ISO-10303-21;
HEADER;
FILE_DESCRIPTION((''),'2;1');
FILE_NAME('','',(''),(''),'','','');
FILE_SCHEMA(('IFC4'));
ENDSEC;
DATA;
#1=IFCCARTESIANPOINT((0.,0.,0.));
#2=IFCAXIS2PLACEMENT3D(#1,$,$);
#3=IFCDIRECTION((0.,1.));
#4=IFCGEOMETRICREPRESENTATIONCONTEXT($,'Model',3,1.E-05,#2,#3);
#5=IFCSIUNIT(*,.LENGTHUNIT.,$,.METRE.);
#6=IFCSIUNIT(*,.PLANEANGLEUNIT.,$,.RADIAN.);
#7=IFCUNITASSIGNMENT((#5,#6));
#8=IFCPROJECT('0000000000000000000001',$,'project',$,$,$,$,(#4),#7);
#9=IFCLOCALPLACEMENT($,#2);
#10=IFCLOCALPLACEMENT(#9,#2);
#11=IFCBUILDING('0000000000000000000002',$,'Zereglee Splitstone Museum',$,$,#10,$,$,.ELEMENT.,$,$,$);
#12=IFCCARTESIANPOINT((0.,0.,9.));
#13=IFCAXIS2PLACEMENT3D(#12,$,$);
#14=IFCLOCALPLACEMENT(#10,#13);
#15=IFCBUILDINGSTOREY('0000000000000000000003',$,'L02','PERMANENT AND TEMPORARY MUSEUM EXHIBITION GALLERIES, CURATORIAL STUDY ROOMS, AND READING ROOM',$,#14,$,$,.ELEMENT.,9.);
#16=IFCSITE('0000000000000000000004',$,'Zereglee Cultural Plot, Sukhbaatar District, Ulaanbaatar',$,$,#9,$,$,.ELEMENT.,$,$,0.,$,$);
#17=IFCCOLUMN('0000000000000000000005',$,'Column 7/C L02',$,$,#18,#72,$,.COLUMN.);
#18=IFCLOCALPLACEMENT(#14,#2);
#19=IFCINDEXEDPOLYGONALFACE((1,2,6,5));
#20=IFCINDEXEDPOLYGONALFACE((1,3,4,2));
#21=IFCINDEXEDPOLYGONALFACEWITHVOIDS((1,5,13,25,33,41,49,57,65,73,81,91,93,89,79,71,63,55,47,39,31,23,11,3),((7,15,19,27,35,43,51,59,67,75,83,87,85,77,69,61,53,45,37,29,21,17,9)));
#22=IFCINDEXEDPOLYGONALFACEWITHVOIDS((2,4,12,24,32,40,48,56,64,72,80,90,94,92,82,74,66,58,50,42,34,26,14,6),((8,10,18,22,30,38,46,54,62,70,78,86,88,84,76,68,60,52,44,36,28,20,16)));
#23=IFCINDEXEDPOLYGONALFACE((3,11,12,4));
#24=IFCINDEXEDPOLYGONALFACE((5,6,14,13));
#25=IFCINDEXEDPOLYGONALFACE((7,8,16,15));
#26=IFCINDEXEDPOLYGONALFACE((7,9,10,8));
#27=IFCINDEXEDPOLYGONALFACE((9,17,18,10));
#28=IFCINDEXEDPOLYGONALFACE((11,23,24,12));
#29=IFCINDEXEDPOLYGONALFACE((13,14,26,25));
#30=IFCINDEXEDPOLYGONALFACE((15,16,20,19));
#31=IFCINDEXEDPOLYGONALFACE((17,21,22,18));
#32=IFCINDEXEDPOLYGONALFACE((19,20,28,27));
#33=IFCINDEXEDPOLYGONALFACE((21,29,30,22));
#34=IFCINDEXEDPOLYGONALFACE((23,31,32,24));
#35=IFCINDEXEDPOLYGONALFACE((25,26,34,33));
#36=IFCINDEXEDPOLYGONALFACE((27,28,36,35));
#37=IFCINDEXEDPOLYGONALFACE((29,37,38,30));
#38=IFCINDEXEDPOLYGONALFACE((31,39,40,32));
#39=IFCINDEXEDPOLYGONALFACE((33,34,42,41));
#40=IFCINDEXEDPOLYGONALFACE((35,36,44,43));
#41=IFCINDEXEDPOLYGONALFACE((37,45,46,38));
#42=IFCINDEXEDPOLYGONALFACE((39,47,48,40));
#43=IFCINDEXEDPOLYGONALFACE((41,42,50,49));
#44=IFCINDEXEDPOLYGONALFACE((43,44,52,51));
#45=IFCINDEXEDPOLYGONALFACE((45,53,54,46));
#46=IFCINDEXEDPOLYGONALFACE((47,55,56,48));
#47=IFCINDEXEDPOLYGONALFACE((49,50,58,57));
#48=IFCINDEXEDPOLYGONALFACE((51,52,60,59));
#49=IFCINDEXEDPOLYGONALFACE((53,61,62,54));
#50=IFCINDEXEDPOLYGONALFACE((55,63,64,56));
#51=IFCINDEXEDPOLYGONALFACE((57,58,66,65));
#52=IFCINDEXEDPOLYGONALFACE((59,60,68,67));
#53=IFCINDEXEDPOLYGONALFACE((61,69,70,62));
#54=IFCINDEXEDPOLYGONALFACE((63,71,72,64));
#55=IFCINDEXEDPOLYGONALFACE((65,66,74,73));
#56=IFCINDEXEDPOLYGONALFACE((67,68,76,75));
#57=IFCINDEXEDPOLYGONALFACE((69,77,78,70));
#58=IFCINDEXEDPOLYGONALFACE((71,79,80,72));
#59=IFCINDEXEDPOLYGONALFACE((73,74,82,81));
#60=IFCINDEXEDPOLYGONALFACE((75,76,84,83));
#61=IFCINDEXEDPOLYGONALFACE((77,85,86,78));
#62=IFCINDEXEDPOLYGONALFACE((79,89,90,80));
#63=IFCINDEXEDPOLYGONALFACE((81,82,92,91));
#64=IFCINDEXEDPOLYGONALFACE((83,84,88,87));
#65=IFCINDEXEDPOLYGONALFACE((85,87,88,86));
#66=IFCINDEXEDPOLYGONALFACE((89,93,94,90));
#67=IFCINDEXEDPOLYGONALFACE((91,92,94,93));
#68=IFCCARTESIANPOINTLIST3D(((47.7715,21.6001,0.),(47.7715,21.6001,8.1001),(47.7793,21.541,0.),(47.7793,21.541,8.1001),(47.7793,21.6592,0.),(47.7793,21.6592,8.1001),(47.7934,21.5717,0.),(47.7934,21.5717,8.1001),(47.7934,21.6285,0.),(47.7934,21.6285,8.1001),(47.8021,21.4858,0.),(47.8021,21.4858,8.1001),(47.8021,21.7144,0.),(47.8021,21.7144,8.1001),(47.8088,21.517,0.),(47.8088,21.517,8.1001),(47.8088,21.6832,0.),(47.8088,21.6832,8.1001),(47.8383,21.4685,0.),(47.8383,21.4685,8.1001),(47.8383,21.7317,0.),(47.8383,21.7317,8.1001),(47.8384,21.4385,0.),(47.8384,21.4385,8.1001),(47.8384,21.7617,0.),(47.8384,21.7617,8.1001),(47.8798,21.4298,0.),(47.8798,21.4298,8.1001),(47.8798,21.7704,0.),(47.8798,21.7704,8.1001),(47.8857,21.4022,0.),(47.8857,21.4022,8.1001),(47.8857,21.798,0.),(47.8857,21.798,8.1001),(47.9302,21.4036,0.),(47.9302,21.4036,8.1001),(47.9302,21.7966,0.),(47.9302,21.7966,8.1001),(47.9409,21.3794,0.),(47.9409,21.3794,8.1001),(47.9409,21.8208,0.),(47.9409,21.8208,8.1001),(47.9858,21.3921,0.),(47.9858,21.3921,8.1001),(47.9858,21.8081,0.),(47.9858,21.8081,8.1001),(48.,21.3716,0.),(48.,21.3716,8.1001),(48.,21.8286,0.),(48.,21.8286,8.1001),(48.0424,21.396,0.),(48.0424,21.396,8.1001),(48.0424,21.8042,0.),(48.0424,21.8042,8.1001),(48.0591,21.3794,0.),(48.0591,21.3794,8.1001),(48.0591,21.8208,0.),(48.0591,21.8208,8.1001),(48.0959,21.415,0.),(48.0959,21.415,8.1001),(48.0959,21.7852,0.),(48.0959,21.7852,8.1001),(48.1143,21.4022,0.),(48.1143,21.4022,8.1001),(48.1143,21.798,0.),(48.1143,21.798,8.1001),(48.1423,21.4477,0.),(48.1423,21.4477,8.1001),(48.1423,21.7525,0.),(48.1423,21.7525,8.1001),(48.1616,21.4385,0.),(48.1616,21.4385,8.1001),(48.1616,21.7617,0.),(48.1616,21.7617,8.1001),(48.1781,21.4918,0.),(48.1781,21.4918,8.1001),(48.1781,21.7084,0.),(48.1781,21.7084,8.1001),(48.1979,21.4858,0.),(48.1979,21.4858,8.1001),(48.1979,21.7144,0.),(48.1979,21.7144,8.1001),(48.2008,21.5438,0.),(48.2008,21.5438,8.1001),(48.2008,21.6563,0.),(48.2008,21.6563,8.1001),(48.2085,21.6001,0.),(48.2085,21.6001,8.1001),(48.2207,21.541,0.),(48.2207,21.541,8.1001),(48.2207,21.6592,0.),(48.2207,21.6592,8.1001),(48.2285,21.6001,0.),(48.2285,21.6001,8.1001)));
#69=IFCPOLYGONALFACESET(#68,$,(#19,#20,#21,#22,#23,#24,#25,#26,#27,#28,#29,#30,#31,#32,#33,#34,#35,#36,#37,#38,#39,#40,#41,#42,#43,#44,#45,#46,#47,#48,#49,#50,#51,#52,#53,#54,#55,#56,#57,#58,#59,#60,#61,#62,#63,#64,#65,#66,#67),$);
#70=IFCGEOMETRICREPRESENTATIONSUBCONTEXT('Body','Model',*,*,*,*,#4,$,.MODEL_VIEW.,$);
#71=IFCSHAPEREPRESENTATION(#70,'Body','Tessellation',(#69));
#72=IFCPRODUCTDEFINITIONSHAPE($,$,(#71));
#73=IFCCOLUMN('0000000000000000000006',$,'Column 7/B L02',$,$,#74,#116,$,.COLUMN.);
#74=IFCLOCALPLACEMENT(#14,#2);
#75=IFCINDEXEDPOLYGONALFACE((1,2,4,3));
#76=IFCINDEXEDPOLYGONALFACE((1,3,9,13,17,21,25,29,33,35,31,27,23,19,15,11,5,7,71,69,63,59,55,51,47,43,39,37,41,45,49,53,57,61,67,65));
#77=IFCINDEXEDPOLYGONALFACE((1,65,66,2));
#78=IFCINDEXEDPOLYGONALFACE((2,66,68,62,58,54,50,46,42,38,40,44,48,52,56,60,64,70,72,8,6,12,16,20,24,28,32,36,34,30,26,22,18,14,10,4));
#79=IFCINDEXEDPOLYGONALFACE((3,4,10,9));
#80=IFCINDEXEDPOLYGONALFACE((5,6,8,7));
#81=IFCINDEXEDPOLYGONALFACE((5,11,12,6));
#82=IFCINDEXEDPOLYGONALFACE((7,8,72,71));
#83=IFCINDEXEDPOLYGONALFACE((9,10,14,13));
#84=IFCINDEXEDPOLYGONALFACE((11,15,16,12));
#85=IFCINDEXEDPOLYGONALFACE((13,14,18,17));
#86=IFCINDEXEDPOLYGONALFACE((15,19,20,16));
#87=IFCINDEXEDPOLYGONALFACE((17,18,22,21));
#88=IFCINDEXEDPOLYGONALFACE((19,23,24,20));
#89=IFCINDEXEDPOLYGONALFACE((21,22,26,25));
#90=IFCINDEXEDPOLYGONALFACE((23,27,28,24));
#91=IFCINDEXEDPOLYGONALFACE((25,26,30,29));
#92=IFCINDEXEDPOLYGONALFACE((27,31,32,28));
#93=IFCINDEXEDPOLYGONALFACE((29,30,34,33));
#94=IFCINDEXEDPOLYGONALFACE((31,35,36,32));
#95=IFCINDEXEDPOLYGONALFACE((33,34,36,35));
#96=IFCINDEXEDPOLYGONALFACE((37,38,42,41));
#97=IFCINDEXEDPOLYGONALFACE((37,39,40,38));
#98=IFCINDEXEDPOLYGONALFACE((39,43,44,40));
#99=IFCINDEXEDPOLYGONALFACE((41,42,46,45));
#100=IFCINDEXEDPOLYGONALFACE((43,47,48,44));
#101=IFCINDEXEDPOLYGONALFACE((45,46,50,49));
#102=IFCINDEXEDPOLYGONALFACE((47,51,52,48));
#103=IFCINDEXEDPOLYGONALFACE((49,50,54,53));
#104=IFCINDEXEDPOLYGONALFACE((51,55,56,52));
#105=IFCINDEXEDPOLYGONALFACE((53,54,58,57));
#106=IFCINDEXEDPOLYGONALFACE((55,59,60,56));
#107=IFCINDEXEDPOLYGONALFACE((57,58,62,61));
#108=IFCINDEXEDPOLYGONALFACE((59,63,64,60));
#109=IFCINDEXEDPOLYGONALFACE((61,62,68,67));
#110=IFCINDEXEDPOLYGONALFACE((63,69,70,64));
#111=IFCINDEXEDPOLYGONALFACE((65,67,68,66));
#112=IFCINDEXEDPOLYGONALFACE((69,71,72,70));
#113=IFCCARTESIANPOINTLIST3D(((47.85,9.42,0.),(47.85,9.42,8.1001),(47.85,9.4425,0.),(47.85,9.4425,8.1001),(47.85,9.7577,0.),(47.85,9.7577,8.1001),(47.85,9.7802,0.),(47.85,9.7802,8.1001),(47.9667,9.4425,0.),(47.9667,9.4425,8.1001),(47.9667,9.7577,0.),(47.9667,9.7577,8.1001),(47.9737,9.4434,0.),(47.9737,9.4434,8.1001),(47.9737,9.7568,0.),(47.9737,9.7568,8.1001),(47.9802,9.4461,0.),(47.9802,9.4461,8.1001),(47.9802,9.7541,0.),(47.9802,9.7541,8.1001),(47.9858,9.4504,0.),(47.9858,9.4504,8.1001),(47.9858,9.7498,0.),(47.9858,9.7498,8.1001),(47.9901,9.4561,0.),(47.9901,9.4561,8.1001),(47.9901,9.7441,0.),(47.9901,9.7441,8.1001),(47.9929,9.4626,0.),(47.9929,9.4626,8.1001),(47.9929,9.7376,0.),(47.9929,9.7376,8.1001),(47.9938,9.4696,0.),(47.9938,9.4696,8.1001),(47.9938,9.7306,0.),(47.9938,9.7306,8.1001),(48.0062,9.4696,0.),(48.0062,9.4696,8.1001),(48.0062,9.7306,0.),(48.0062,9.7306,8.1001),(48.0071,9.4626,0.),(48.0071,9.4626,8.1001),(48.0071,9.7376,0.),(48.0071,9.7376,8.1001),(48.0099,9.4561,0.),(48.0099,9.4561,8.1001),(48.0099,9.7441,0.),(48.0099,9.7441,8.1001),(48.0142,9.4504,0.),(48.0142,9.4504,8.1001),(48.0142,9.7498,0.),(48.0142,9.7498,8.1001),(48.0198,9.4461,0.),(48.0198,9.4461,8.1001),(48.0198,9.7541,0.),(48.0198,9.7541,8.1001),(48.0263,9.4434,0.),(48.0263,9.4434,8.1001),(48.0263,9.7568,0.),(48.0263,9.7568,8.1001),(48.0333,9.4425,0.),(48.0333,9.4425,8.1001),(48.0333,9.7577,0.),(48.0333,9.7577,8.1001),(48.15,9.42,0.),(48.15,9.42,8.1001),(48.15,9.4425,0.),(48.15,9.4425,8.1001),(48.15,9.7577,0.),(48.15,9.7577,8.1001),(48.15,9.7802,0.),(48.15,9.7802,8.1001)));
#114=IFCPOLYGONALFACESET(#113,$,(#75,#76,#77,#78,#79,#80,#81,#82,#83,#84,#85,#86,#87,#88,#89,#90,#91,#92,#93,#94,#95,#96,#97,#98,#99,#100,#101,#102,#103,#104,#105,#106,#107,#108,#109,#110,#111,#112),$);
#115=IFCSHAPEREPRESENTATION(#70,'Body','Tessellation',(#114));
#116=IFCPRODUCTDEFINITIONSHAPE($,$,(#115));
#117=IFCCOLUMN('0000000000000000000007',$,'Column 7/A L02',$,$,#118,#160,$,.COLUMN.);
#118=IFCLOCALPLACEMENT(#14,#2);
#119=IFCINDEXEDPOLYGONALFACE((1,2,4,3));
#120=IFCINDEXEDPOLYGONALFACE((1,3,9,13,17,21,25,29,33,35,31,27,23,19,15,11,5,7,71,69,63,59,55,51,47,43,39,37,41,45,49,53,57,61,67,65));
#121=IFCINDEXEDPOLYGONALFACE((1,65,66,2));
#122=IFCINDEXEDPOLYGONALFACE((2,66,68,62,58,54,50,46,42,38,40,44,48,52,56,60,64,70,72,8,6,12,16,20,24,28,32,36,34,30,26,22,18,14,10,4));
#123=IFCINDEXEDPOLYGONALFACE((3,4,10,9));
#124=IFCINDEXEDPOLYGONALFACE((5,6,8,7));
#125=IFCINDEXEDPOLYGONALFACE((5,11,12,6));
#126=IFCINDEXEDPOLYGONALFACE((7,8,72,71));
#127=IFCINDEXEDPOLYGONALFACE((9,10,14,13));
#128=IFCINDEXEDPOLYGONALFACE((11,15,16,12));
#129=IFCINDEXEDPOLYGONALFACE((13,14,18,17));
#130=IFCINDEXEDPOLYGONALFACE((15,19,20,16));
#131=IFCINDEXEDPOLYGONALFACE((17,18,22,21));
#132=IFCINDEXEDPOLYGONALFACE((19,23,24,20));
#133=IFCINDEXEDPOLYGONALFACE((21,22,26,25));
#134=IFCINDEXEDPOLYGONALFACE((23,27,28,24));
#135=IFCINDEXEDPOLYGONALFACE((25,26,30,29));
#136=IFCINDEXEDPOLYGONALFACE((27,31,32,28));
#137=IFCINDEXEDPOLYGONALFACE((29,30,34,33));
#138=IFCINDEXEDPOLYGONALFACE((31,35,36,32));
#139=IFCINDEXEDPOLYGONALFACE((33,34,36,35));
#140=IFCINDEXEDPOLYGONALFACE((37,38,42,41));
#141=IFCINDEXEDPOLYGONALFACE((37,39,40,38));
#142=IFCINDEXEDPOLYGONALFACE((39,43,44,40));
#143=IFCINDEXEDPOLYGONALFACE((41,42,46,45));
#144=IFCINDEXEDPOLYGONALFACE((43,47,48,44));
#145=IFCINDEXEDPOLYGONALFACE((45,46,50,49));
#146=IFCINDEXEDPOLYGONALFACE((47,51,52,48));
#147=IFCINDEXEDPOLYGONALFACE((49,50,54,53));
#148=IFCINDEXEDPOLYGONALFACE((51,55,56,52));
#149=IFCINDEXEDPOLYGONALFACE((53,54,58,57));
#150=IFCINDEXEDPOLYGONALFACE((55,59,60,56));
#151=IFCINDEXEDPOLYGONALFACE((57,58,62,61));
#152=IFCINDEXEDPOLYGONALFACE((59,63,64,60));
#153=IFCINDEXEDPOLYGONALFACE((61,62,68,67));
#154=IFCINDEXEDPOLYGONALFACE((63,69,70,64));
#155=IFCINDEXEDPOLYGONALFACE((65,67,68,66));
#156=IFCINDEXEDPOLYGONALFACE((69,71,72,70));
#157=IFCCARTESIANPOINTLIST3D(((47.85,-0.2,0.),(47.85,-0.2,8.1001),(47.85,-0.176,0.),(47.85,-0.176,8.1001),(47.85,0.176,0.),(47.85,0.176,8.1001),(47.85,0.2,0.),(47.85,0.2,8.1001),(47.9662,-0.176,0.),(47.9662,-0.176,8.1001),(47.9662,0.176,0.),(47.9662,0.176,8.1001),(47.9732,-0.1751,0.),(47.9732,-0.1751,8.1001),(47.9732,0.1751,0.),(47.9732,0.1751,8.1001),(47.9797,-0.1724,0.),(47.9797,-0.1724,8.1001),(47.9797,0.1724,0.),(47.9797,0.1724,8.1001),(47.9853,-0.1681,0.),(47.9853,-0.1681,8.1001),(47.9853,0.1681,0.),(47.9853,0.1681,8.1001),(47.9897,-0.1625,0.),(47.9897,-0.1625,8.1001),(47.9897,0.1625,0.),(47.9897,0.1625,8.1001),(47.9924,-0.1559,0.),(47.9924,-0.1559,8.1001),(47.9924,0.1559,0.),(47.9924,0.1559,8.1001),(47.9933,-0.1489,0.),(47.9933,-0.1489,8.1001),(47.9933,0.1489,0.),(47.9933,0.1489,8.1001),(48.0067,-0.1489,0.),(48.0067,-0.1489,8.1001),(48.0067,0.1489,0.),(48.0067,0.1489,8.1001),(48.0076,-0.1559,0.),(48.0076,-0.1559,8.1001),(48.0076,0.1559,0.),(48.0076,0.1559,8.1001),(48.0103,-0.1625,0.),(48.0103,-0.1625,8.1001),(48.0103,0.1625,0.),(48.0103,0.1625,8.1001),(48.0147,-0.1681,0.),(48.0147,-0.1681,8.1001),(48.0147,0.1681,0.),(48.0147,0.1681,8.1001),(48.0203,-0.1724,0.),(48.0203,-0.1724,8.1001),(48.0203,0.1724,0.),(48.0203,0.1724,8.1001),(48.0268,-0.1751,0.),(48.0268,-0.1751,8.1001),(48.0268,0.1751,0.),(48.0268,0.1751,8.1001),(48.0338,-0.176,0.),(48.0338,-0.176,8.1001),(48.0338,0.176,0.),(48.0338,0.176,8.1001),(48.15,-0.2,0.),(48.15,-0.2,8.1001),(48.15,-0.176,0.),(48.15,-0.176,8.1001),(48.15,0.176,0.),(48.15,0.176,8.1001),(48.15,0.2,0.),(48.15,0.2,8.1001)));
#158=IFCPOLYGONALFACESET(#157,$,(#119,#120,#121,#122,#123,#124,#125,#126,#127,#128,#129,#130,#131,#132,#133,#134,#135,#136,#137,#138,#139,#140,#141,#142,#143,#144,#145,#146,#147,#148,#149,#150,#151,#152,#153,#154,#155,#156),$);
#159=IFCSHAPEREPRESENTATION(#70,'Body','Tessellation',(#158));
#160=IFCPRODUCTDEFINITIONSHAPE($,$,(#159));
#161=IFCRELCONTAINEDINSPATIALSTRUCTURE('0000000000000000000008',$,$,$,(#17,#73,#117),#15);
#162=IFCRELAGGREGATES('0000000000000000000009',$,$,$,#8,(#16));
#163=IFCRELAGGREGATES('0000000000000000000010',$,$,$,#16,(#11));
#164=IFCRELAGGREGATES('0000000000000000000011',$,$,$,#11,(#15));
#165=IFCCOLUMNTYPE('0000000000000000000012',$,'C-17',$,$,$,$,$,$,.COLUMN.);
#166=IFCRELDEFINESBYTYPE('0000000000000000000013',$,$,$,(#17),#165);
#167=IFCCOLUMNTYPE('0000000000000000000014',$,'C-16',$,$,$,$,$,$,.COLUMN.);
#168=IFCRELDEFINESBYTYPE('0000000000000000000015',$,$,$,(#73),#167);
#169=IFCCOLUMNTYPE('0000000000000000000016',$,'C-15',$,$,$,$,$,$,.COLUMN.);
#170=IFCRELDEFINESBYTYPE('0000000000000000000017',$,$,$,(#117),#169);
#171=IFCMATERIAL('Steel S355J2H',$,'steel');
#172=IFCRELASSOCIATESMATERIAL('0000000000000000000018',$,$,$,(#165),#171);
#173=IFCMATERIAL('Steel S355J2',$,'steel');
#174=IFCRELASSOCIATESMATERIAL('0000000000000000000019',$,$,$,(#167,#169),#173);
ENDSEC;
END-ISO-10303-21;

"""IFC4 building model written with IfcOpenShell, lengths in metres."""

from ifc_helpers import new_model, si_unit, direction, frame, origin, origin_2d, place, context, subcontext, project, spatial, hollow_circle, i_section, extrude, material, material_profile, profile_set, type_object, element, save


model = new_model("IFC4")

# Units and contexts
model_context = context("Model", 3, precision=1e-05, world=origin(), true_north=direction((0.0, 1.0)))
body_context = subcontext(model_context, "Body", "Model", "MODEL_VIEW")
ifc_project = project(units=[si_unit("LENGTHUNIT", "METRE"), si_unit("PLANEANGLEUNIT", "RADIAN")], contexts=[model_context])

# Site, building, storey
site_placement = place(None, origin())
site = spatial("IfcSite", under=ifc_project, at=site_placement, Name="Zereglee Cultural Plot, Sukhbaatar District, Ulaanbaatar", CompositionType="ELEMENT", RefElevation=0.0)
building_placement = place(site_placement, origin())
building = spatial("IfcBuilding", under=site, at=building_placement, Name="Zereglee Splitstone Museum", CompositionType="ELEMENT")
storey_placement = place(building_placement, frame((0.0, 0.0, 9.0)))
storey = spatial("IfcBuildingStorey", under=building, at=storey_placement, Name="L02", Description="PERMANENT AND TEMPORARY MUSEUM EXHIBITION GALLERIES, CURATORIAL STUDY ROOMS, AND READING ROOM", CompositionType="ELEMENT", Elevation=9.0)

# Columns
ifc_material_1 = material(Name="Steel S355J2H", Category="steel")
ifc_material_profile_1 = material_profile(ifc_material_1, hollow_circle(Radius=0.2285, WallThickness=0.02, at=origin_2d()), Name="CHS 457.0x20")
ifc_profile_set_1 = profile_set([ifc_material_profile_1], Name="Steel S355J2H")
column_type_1 = type_object("IfcColumnType", Name="C-17", PredefinedType="COLUMN", material=ifc_profile_set_1)
column_1_placement = place(storey_placement, frame((48.0, 21.6001, 0.0), z_axis=(0.0, 0.0, 1.0), x_axis=(1.0, 0.0, 0.0)))
element("IfcColumn", 1, at=column_1_placement, inside=storey, type_object=column_type_1, Name="Column 7/C L02", PredefinedType="COLUMN", context=body_context, shape_type="SweptSolid", body=[
    extrude(hollow_circle(Radius=0.2285, WallThickness=0.02, at=origin_2d()), origin(), (0.0, 0.0, 1.0), 8.1001),
])
ifc_material_2 = material(Name="Steel S355J2", Category="steel")
ifc_material_profile_2 = material_profile(ifc_material_2, i_section(OverallWidth=0.3, OverallDepth=0.3601, WebThickness=0.0125, FlangeThickness=0.0225, FilletRadius=0.0271, at=origin_2d()), Name="HE 360 B")
ifc_profile_set_2 = profile_set([ifc_material_profile_2], Name="Steel S355J2")
column_type_2 = type_object("IfcColumnType", Name="C-16", PredefinedType="COLUMN", material=ifc_profile_set_2)
column_2_placement = place(storey_placement, frame((48.0, 9.6001, 0.0), z_axis=(0.0, 0.0, 1.0), x_axis=(1.0, 0.0, 0.0)))
element("IfcColumn", 2, at=column_2_placement, inside=storey, type_object=column_type_2, Name="Column 7/B L02", PredefinedType="COLUMN", context=body_context, shape_type="SweptSolid", body=[
    extrude(i_section(OverallWidth=0.3, OverallDepth=0.3601, WebThickness=0.0125, FlangeThickness=0.0225, FilletRadius=0.0271, at=origin_2d()), origin(), (0.0, 0.0, 1.0), 8.1001),
])
ifc_material_profile_3 = material_profile(ifc_material_2, i_section(OverallWidth=0.3, OverallDepth=0.3999, WebThickness=0.0134, FlangeThickness=0.0239, FilletRadius=0.0271, at=origin_2d()), Name="HE 400 B")
ifc_profile_set_3 = profile_set([ifc_material_profile_3], Name="Steel S355J2")
column_type_3 = type_object("IfcColumnType", Name="C-15", PredefinedType="COLUMN", material=ifc_profile_set_3)
column_3_placement = place(storey_placement, frame((48.0, 0.0, 0.0), z_axis=(0.0, 0.0, 1.0), x_axis=(1.0, 0.0, 0.0)))
element("IfcColumn", 3, at=column_3_placement, inside=storey, type_object=column_type_3, Name="Column 7/A L02", PredefinedType="COLUMN", context=body_context, shape_type="SweptSolid", body=[
    extrude(i_section(OverallWidth=0.3, OverallDepth=0.3999, WebThickness=0.0134, FlangeThickness=0.0239, FilletRadius=0.0271, at=origin_2d()), origin(), (0.0, 0.0, 1.0), 8.1001),
])

save(model, "model.ifc")
